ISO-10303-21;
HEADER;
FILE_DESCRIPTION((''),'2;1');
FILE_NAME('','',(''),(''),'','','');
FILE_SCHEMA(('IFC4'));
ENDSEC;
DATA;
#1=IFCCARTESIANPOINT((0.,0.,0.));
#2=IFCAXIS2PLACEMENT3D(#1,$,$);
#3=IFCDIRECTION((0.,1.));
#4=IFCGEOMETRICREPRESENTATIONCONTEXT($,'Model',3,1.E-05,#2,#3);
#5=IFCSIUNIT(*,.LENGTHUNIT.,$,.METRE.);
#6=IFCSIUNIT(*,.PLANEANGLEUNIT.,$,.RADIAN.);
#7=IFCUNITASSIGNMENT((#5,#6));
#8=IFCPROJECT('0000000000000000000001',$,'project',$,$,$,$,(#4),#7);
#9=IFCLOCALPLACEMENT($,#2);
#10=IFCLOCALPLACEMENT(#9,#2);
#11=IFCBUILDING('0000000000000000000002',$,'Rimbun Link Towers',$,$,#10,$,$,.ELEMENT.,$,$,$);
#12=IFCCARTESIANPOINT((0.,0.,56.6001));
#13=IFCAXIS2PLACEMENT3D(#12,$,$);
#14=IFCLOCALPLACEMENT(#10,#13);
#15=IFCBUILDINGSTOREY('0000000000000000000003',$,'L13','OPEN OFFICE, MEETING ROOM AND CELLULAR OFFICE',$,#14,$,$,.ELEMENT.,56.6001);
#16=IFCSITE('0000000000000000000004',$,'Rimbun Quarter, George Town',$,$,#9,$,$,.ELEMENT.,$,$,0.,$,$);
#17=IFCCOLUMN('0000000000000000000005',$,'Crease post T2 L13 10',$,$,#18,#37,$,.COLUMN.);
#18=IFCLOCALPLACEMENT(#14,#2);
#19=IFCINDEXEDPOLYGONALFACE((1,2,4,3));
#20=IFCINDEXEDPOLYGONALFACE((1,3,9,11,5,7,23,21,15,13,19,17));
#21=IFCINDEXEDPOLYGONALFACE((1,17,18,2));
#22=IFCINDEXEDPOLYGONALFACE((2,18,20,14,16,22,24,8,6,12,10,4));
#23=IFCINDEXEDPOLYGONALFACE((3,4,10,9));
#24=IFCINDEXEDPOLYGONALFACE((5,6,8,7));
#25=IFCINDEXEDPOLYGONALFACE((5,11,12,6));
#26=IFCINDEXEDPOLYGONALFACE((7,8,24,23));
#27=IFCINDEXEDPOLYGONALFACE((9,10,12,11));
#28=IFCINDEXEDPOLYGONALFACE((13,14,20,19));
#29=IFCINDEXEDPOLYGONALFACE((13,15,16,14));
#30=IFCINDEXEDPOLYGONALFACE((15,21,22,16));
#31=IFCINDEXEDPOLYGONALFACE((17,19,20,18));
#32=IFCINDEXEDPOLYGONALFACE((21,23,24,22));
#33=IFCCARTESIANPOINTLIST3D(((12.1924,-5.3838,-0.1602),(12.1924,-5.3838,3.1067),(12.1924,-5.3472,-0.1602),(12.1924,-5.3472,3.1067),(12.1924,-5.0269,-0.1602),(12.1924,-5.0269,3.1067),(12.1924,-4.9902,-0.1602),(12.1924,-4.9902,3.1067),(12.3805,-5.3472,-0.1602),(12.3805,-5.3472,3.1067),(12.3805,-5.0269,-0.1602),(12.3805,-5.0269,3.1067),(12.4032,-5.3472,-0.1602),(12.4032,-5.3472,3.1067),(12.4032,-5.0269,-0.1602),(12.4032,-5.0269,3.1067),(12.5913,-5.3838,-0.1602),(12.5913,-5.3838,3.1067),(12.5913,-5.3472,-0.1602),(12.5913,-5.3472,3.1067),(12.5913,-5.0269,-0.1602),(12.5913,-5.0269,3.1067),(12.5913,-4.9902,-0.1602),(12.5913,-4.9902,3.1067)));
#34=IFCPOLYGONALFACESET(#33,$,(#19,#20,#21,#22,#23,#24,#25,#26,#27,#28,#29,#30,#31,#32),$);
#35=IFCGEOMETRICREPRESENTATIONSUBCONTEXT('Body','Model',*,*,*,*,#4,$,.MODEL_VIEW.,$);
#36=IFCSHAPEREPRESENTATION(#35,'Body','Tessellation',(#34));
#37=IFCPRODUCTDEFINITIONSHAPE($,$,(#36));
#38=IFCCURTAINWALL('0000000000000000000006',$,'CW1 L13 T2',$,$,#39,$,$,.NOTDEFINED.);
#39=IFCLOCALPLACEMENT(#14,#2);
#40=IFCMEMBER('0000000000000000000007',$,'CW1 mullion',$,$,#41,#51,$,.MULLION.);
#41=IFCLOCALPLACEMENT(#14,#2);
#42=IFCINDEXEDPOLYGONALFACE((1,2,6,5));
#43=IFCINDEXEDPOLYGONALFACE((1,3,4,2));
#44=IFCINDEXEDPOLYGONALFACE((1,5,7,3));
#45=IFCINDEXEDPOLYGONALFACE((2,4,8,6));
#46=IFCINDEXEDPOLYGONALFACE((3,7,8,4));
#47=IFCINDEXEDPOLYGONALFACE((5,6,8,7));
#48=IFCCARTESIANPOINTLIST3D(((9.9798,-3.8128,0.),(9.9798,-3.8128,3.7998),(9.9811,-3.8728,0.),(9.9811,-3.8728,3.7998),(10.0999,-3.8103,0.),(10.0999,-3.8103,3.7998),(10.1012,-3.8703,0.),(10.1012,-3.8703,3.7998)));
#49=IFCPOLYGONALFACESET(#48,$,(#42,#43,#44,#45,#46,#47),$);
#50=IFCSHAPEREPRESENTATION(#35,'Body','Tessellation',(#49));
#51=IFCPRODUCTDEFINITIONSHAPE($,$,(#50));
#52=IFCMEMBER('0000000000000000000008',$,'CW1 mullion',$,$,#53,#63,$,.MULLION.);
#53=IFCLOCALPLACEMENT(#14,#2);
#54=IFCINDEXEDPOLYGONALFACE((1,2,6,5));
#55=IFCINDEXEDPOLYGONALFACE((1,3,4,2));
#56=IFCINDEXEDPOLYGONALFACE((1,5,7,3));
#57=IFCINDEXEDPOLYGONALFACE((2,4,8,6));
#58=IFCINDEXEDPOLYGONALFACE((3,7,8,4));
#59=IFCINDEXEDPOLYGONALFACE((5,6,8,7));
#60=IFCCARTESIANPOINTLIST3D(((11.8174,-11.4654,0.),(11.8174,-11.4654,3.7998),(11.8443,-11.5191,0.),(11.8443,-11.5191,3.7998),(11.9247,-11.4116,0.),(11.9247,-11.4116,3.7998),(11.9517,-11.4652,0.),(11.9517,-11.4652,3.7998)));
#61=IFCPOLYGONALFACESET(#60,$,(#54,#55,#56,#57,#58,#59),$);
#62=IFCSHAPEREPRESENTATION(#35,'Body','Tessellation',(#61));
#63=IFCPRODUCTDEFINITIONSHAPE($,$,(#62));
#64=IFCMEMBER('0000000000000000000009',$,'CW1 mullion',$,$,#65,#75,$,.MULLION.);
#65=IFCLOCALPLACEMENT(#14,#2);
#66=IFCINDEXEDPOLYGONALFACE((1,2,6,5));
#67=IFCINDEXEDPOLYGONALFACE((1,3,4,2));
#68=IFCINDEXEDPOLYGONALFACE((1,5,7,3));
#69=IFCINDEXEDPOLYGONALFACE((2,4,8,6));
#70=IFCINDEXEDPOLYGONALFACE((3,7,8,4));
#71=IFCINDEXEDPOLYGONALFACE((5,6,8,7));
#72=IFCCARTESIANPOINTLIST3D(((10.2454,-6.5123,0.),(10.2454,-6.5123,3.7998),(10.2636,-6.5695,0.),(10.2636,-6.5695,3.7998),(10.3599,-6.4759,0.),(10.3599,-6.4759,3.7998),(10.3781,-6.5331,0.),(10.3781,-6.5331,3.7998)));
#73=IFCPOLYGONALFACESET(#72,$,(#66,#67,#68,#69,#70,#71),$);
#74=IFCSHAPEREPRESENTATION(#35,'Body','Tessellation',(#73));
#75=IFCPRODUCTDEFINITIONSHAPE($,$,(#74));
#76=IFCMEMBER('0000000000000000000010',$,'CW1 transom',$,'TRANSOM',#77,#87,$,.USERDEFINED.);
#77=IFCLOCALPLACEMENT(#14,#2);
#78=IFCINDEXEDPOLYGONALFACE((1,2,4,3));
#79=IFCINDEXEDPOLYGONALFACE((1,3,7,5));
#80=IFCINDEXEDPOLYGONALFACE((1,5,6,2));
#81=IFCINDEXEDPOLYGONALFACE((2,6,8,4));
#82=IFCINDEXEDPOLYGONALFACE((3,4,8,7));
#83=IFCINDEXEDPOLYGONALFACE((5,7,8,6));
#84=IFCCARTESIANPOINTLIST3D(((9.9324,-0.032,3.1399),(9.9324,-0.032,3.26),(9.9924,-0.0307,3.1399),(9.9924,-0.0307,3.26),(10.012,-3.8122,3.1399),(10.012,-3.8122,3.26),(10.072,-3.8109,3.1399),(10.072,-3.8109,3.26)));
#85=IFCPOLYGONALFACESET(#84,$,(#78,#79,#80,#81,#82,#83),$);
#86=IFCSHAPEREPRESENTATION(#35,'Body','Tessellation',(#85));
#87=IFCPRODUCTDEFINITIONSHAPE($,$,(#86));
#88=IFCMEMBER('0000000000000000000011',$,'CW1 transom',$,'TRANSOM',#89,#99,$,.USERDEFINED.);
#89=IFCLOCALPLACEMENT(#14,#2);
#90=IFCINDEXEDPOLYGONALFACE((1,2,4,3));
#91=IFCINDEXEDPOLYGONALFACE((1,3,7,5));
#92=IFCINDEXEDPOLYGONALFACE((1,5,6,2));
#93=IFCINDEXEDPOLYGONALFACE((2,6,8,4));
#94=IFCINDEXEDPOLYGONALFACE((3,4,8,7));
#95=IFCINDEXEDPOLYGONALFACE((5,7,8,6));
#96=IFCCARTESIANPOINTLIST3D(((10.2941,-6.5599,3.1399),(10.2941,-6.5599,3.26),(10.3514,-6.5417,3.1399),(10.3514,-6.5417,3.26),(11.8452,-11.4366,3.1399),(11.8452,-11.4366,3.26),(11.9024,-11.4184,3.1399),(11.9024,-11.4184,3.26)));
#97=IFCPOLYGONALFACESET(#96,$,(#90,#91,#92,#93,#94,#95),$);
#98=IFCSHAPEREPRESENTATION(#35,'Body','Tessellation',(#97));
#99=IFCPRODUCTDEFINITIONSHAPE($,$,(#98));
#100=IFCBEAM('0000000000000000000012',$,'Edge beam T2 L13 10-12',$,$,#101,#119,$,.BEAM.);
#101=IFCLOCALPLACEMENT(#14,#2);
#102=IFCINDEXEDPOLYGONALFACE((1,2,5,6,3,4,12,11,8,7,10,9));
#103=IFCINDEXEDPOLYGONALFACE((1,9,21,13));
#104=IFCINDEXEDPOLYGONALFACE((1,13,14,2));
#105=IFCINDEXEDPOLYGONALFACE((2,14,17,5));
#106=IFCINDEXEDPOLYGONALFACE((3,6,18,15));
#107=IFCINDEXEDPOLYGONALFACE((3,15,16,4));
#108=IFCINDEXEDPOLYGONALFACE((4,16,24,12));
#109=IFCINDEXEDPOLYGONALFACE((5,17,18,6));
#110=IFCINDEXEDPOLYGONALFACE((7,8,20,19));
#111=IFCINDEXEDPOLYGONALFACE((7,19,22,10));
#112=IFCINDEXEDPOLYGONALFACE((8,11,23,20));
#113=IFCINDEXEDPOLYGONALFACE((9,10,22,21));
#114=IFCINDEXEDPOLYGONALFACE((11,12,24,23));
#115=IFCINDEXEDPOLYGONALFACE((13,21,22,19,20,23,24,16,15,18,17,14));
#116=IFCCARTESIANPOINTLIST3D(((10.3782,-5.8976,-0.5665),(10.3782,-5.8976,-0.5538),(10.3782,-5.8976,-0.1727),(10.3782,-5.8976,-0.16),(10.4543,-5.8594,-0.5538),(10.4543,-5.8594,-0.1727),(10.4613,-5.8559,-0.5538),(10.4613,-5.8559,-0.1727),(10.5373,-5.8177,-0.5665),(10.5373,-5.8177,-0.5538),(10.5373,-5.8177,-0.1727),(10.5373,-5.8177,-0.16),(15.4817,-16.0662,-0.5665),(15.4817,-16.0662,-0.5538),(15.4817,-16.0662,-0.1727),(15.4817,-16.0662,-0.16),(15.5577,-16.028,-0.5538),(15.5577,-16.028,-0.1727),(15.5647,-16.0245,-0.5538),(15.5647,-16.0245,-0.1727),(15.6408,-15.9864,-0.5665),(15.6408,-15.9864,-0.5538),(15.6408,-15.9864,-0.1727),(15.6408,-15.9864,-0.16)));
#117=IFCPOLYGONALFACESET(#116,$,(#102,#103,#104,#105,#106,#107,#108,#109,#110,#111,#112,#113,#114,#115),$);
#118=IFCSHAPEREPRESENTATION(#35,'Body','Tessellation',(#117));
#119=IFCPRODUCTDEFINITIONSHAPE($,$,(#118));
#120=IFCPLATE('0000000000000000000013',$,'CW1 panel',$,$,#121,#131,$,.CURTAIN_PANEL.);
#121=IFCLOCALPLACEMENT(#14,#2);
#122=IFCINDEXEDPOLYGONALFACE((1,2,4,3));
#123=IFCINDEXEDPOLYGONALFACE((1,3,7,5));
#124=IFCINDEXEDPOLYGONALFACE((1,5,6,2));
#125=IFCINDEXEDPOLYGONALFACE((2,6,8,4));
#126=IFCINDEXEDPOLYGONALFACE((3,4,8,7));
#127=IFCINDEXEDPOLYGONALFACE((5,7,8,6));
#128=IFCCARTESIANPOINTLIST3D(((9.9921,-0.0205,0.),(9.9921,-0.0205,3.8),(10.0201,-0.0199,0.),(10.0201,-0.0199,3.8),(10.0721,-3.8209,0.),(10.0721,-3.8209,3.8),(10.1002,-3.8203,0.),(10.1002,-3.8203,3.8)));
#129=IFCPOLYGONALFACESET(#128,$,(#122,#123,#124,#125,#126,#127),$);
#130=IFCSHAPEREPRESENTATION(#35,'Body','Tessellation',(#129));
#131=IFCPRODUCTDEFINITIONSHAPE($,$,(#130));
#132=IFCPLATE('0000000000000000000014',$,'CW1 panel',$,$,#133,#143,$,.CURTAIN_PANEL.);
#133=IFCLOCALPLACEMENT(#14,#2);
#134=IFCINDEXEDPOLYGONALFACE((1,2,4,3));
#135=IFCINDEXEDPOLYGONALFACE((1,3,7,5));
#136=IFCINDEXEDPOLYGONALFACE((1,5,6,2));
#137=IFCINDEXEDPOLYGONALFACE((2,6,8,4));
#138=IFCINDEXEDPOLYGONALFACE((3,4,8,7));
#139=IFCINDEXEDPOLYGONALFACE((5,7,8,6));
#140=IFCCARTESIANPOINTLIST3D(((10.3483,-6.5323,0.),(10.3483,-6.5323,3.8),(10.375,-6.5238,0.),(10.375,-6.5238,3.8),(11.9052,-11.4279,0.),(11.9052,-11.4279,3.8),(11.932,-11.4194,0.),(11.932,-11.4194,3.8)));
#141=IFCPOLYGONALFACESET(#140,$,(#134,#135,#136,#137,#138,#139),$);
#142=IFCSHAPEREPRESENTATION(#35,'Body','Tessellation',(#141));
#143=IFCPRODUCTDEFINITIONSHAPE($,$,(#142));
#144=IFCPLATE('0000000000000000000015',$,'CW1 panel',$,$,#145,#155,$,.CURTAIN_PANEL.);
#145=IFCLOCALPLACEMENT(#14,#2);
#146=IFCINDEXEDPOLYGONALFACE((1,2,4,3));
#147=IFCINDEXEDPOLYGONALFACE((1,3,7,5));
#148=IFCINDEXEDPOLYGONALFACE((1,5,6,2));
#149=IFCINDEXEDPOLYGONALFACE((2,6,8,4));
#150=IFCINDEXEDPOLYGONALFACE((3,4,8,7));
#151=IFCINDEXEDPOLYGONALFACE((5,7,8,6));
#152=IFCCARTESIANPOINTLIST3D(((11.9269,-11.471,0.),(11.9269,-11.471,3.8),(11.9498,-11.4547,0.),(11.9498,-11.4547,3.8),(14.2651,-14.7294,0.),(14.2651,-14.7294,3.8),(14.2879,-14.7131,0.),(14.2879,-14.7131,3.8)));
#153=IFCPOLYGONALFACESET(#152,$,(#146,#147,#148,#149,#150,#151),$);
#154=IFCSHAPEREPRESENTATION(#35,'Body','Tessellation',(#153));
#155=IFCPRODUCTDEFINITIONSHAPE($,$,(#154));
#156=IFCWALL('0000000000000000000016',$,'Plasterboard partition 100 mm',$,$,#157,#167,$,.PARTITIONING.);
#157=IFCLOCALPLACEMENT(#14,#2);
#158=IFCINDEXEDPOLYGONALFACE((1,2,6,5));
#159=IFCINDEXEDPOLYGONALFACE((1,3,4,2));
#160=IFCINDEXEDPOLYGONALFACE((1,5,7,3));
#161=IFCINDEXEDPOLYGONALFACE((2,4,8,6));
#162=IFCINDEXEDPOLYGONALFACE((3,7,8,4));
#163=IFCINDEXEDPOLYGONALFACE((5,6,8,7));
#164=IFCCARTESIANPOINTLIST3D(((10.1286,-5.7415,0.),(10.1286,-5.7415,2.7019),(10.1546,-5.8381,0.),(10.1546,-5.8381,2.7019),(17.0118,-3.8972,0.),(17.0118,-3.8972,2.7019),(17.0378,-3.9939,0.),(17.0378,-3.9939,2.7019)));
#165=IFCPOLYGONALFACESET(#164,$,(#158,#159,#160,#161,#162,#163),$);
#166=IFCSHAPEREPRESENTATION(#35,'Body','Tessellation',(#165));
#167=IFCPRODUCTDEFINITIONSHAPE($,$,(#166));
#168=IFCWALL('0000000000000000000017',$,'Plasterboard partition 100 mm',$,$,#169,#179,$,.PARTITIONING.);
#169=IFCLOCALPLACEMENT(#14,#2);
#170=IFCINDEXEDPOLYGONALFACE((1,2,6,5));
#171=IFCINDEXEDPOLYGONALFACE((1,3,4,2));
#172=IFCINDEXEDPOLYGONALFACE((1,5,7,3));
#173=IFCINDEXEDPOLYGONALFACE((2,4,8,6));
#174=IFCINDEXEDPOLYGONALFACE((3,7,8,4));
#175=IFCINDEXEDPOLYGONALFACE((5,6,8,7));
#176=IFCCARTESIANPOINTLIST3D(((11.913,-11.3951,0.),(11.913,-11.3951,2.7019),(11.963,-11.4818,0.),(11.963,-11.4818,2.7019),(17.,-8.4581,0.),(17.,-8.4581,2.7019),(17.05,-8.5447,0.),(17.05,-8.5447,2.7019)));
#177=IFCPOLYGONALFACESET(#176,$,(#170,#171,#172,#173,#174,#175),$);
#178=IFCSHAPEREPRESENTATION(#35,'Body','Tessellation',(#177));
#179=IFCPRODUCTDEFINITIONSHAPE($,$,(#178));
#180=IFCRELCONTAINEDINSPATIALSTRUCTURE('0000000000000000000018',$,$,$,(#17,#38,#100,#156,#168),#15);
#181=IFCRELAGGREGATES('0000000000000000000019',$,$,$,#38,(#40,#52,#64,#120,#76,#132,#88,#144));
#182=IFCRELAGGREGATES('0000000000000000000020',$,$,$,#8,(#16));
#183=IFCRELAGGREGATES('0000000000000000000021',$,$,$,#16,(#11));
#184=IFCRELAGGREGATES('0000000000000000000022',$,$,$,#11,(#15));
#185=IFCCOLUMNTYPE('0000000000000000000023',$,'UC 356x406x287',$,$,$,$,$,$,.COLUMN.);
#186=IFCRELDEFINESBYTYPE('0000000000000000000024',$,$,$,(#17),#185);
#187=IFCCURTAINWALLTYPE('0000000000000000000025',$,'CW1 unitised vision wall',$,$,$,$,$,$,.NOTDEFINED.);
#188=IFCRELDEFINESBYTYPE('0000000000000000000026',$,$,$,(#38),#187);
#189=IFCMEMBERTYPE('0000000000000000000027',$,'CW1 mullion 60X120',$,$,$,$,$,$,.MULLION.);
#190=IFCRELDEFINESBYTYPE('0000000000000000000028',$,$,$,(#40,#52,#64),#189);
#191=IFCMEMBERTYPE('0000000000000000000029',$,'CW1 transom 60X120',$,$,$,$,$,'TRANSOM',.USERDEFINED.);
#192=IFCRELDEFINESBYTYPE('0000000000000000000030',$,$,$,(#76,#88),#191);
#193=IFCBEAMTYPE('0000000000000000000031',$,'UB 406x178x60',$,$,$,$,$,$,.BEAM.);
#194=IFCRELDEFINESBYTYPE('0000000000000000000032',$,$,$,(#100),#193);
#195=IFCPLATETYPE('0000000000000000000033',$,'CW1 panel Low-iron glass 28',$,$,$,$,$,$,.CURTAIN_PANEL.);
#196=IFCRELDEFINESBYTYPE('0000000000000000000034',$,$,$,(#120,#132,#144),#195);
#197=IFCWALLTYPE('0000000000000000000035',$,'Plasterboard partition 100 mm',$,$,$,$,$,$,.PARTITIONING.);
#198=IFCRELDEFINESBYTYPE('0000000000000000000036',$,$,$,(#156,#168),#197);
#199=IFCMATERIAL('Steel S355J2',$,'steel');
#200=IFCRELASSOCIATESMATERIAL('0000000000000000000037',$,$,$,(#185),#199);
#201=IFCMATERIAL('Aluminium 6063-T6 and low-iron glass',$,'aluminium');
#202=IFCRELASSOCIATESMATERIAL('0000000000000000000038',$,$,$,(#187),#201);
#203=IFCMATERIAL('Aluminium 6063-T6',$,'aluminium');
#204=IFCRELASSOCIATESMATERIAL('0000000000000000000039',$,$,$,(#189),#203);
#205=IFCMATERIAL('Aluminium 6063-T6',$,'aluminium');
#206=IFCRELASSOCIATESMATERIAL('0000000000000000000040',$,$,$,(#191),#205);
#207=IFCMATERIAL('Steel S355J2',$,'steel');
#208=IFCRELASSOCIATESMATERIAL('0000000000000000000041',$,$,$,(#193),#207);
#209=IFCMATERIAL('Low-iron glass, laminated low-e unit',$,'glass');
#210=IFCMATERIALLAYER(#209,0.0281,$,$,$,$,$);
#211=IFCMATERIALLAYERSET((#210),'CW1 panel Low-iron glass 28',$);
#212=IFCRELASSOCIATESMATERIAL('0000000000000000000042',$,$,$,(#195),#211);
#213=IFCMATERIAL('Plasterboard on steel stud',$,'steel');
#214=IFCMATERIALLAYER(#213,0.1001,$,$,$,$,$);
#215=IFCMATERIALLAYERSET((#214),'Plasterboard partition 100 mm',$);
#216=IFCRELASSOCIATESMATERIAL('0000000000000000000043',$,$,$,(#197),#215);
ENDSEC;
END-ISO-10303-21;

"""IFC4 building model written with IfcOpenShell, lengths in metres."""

from ifc_helpers import new_model, si_unit, direction, frame, frame_2d, origin, origin_2d, place, context, subcontext, project, spatial, rectangle, i_section, extrude, material, layer, layer_set, material_profile, profile_set, type_object, element, aggregate, save


model = new_model("IFC4")

# Units and contexts
model_context = context("Model", 3, precision=1e-05, world=origin(), true_north=direction((0.0, 1.0)))
body_context = subcontext(model_context, "Body", "Model", "MODEL_VIEW")
ifc_project = project(units=[si_unit("LENGTHUNIT", "METRE"), si_unit("PLANEANGLEUNIT", "RADIAN")], contexts=[model_context])

# Site, building, storey
site_placement = place(None, origin())
site = spatial("IfcSite", under=ifc_project, at=site_placement, Name="Rimbun Quarter, George Town", CompositionType="ELEMENT", RefElevation=0.0)
building_placement = place(site_placement, origin())
building = spatial("IfcBuilding", under=site, at=building_placement, Name="Rimbun Link Towers", CompositionType="ELEMENT")
storey_placement = place(building_placement, frame((0.0, 0.0, 56.6001)))
storey = spatial("IfcBuildingStorey", under=building, at=storey_placement, Name="L13", Description="OPEN OFFICE, MEETING ROOM AND CELLULAR OFFICE", CompositionType="ELEMENT", Elevation=56.6001)

# Column
ifc_material_1 = material(Name="Steel S355J2", Category="steel")
ifc_material_profile_1 = material_profile(ifc_material_1, i_section(OverallWidth=0.3989, OverallDepth=0.3936, WebThickness=0.0227, FlangeThickness=0.0366, at=origin_2d()), Name="UC 356x406x287")
ifc_profile_set_1 = profile_set([ifc_material_profile_1], Name="Steel S355J2")
column_type = type_object("IfcColumnType", Name="UC 356x406x287", PredefinedType="COLUMN", material=ifc_profile_set_1)
column_placement = place(storey_placement, frame((12.3918, -5.187, -0.1602), z_axis=(0.0, 0.0, 1.0), x_axis=(1.0, 0.0, 0.0)))
element("IfcColumn", 1, at=column_placement, inside=storey, type_object=column_type, Name="Crease post T2 L13 10", PredefinedType="COLUMN", context=body_context, shape_type="SweptSolid", body=[
    extrude(i_section(OverallWidth=0.3989, OverallDepth=0.3936, WebThickness=0.0227, FlangeThickness=0.0366, at=origin_2d()), origin(), (0.0, 0.0, 1.0), 3.2668),
])

# Curtain wall, members
ifc_material_2 = material(Name="Aluminium 6063-T6 and low-iron glass", Category="aluminium")
curtain_wall_type = type_object("IfcCurtainWallType", Name="CW1 unitised vision wall", PredefinedType="NOTDEFINED", material=ifc_material_2)
curtain_wall_placement = place(storey_placement, origin())
curtain_wall = element("IfcCurtainWall", 2, at=curtain_wall_placement, inside=storey, type_object=curtain_wall_type, Name="CW1 L13 T2", PredefinedType="NOTDEFINED")
ifc_material_3 = material(Name="Aluminium 6063-T6", Category="aluminium")
ifc_material_profile_2 = material_profile(ifc_material_3, rectangle(XDim=0.1201, YDim=0.0601, at=origin_2d()), Name="MULLION 60X120")
ifc_profile_set_2 = profile_set([ifc_material_profile_2], Name="Aluminium 6063-T6")
member_type_1 = type_object("IfcMemberType", Name="CW1 mullion 60X120", PredefinedType="MULLION", material=ifc_profile_set_2)
member_1_placement = place(storey_placement, frame((10.0405, -3.8416, 0.0), z_axis=(0.0, 0.0, 1.0), x_axis=(-0.999778, -0.021066, 0.0)))
member_1 = element("IfcMember", 3, at=member_1_placement, type_object=member_type_1, Name="CW1 mullion", PredefinedType="MULLION", context=body_context, shape_type="SweptSolid", body=[
    extrude(rectangle(XDim=0.1201, YDim=0.0601, at=origin_2d()), origin(), (0.0, 0.0, 1.0), 3.7998),
])
member_2_placement = place(storey_placement, frame((11.8845, -11.4653, 0.0), z_axis=(0.0, 0.0, 1.0), x_axis=(-0.893746, -0.448574, 0.0)))
member_2 = element("IfcMember", 4, at=member_2_placement, type_object=member_type_1, Name="CW1 mullion", PredefinedType="MULLION", context=body_context, shape_type="SweptSolid", body=[
    extrude(rectangle(XDim=0.1201, YDim=0.0601, at=origin_2d()), origin(), (0.0, 0.0, 1.0), 3.7998),
])
member_3_placement = place(storey_placement, frame((10.3118, -6.5227, 0.0), z_axis=(0.0, 0.0, 1.0), x_axis=(-0.952967, -0.303073, 0.0)))
member_3 = element("IfcMember", 5, at=member_3_placement, type_object=member_type_1, Name="CW1 mullion", PredefinedType="MULLION", context=body_context, shape_type="SweptSolid", body=[
    extrude(rectangle(XDim=0.1201, YDim=0.0601, at=origin_2d()), origin(), (0.0, 0.0, 1.0), 3.7998),
])
ifc_material_4 = material(Name="Aluminium 6063-T6", Category="aluminium")
ifc_material_profile_3 = material_profile(ifc_material_4, rectangle(XDim=0.0601, YDim=0.1201, at=origin_2d()), Name="TRANSOM 60X120")
ifc_profile_set_3 = profile_set([ifc_material_profile_3], Name="Aluminium 6063-T6")
member_type_2 = type_object("IfcMemberType", Name="CW1 transom 60X120", ElementType="TRANSOM", PredefinedType="USERDEFINED", material=ifc_profile_set_3)
member_4_placement = place(storey_placement, frame((10.042, -3.8115, 3.2), z_axis=(-0.021049, 0.999778, 0.0), x_axis=(-0.999778, -0.021049, 0.0)))
member_4 = element("IfcMember", 6, at=member_4_placement, type_object=member_type_2, Name="CW1 transom", ObjectType="TRANSOM", PredefinedType="USERDEFINED", context=body_context, shape_type="SweptSolid", body=[
    extrude(rectangle(XDim=0.0601, YDim=0.1201, at=origin_2d()), origin(), (0.0, 0.0, 1.0), 3.781),
])
member_5_placement = place(storey_placement, frame((11.8738, -11.4275, 3.2), z_axis=(-0.303087, 0.952963, 0.0), x_axis=(-0.952963, -0.303087, 0.0)))
member_5 = element("IfcMember", 7, at=member_5_placement, type_object=member_type_2, Name="CW1 transom", ObjectType="TRANSOM", PredefinedType="USERDEFINED", context=body_context, shape_type="SweptSolid", body=[
    extrude(rectangle(XDim=0.0601, YDim=0.1201, at=origin_2d()), origin(), (0.0, 0.0, 1.0), 5.1174),
])

# Beam
ifc_material_5 = material(Name="Steel S355J2", Category="steel")
ifc_material_profile_4 = material_profile(ifc_material_5, i_section(OverallWidth=0.178, OverallDepth=0.4065, WebThickness=0.0078, FlangeThickness=0.0127, at=origin_2d()), Name="UB 406x178x60")
ifc_profile_set_4 = profile_set([ifc_material_profile_4], Name="Steel S355J2")
beam_type = type_object("IfcBeamType", Name="UB 406x178x60", PredefinedType="BEAM", material=ifc_profile_set_4)
beam_placement = place(storey_placement, frame((10.4578, -5.8577, -0.3633), z_axis=(0.448561, -0.893752, 0.0), x_axis=(0.893752, 0.448561, 0.0)))
element("IfcBeam", 8, at=beam_placement, inside=storey, type_object=beam_type, Name="Edge beam T2 L13 10-12", PredefinedType="BEAM", context=body_context, shape_type="SweptSolid", body=[
    extrude(i_section(OverallWidth=0.178, OverallDepth=0.4065, WebThickness=0.0078, FlangeThickness=0.0127, at=origin_2d()), origin(), (0.0, 0.0, 1.0), 11.3774),
])

# Plates
ifc_material_6 = material(Name="Low-iron glass, laminated low-e unit", Category="glass")
ifc_layer_1 = layer(ifc_material_6, 0.0281)
ifc_layer_set_1 = layer_set([ifc_layer_1], Name="CW1 panel Low-iron glass 28")
plate_type = type_object("IfcPlateType", Name="CW1 panel Low-iron glass 28", PredefinedType="CURTAIN_PANEL", material=ifc_layer_set_1)
plate_1_placement = place(storey_placement, frame((10.0461, -1.9204, 0.0), z_axis=(0.0, 0.0, 1.0), x_axis=(-0.021066, 0.999778, 0.0)))
plate_1 = element("IfcPlate", 9, at=plate_1_placement, type_object=plate_type, Name="CW1 panel", PredefinedType="CURTAIN_PANEL", context=body_context, shape_type="SweptSolid", body=[
    extrude(rectangle(XDim=3.8013, YDim=0.0281, at=origin_2d()), origin(), (0.0, 0.0, 1.0), 3.8),
])
plate_2_placement = place(storey_placement, frame((11.1401, -8.9758, 0.0), z_axis=(0.0, 0.0, 1.0), x_axis=(-0.303073, 0.952967, 0.0)))
plate_2 = element("IfcPlate", 10, at=plate_2_placement, type_object=plate_type, Name="CW1 panel", PredefinedType="CURTAIN_PANEL", context=body_context, shape_type="SweptSolid", body=[
    extrude(rectangle(XDim=5.1372, YDim=0.0281, at=origin_2d()), origin(), (0.0, 0.0, 1.0), 3.8),
])
plate_3_placement = place(storey_placement, frame((13.1074, -13.092, 0.0), z_axis=(0.0, 0.0, 1.0), x_axis=(-0.583004, 0.812469, 0.0)))
plate_3 = element("IfcPlate", 11, at=plate_3_placement, type_object=plate_type, Name="CW1 panel", PredefinedType="CURTAIN_PANEL", context=body_context, shape_type="SweptSolid", body=[
    extrude(rectangle(XDim=4.0105, YDim=0.0281, at=origin_2d()), origin(), (0.0, 0.0, 1.0), 3.8),
])
aggregate(curtain_wall, [member_1, member_2, member_3, plate_1, member_4, plate_2, member_5, plate_3])

# Walls
ifc_material_7 = material(Name="Plasterboard on steel stud", Category="steel")
ifc_layer_2 = layer(ifc_material_7, 0.1001)
ifc_layer_set_2 = layer_set([ifc_layer_2], Name="Plasterboard partition 100 mm")
wall_type = type_object("IfcWallType", Name="Plasterboard partition 100 mm", PredefinedType="PARTITIONING", material=ifc_layer_set_2)
wall_1_placement = place(storey_placement, frame((10.1416, -5.7898, 0.0), z_axis=(0.0, 0.0, 1.0), x_axis=(0.965931, 0.258801, 0.0)))
element("IfcWall", 12, at=wall_1_placement, inside=storey, type_object=wall_type, Name="Plasterboard partition 100 mm", PredefinedType="PARTITIONING", context=body_context, shape_type="SweptSolid", body=[
    extrude(rectangle(XDim=7.126, YDim=0.1001, at=frame_2d((3.563, 0.0))), origin(), (0.0, 0.0, 1.0), 2.7019),
])
wall_2_placement = place(storey_placement, frame((11.938, -11.4385, 0.0), z_axis=(0.0, 0.0, 1.0), x_axis=(0.866019, 0.50001, 0.0)))
element("IfcWall", 13, at=wall_2_placement, inside=storey, type_object=wall_type, Name="Plasterboard partition 100 mm", PredefinedType="PARTITIONING", context=body_context, shape_type="SweptSolid", body=[
    extrude(rectangle(XDim=5.874, YDim=0.1001, at=frame_2d((2.937, 0.0))), origin(), (0.0, 0.0, 1.0), 2.7019),
])

save(model, "model.ifc")
